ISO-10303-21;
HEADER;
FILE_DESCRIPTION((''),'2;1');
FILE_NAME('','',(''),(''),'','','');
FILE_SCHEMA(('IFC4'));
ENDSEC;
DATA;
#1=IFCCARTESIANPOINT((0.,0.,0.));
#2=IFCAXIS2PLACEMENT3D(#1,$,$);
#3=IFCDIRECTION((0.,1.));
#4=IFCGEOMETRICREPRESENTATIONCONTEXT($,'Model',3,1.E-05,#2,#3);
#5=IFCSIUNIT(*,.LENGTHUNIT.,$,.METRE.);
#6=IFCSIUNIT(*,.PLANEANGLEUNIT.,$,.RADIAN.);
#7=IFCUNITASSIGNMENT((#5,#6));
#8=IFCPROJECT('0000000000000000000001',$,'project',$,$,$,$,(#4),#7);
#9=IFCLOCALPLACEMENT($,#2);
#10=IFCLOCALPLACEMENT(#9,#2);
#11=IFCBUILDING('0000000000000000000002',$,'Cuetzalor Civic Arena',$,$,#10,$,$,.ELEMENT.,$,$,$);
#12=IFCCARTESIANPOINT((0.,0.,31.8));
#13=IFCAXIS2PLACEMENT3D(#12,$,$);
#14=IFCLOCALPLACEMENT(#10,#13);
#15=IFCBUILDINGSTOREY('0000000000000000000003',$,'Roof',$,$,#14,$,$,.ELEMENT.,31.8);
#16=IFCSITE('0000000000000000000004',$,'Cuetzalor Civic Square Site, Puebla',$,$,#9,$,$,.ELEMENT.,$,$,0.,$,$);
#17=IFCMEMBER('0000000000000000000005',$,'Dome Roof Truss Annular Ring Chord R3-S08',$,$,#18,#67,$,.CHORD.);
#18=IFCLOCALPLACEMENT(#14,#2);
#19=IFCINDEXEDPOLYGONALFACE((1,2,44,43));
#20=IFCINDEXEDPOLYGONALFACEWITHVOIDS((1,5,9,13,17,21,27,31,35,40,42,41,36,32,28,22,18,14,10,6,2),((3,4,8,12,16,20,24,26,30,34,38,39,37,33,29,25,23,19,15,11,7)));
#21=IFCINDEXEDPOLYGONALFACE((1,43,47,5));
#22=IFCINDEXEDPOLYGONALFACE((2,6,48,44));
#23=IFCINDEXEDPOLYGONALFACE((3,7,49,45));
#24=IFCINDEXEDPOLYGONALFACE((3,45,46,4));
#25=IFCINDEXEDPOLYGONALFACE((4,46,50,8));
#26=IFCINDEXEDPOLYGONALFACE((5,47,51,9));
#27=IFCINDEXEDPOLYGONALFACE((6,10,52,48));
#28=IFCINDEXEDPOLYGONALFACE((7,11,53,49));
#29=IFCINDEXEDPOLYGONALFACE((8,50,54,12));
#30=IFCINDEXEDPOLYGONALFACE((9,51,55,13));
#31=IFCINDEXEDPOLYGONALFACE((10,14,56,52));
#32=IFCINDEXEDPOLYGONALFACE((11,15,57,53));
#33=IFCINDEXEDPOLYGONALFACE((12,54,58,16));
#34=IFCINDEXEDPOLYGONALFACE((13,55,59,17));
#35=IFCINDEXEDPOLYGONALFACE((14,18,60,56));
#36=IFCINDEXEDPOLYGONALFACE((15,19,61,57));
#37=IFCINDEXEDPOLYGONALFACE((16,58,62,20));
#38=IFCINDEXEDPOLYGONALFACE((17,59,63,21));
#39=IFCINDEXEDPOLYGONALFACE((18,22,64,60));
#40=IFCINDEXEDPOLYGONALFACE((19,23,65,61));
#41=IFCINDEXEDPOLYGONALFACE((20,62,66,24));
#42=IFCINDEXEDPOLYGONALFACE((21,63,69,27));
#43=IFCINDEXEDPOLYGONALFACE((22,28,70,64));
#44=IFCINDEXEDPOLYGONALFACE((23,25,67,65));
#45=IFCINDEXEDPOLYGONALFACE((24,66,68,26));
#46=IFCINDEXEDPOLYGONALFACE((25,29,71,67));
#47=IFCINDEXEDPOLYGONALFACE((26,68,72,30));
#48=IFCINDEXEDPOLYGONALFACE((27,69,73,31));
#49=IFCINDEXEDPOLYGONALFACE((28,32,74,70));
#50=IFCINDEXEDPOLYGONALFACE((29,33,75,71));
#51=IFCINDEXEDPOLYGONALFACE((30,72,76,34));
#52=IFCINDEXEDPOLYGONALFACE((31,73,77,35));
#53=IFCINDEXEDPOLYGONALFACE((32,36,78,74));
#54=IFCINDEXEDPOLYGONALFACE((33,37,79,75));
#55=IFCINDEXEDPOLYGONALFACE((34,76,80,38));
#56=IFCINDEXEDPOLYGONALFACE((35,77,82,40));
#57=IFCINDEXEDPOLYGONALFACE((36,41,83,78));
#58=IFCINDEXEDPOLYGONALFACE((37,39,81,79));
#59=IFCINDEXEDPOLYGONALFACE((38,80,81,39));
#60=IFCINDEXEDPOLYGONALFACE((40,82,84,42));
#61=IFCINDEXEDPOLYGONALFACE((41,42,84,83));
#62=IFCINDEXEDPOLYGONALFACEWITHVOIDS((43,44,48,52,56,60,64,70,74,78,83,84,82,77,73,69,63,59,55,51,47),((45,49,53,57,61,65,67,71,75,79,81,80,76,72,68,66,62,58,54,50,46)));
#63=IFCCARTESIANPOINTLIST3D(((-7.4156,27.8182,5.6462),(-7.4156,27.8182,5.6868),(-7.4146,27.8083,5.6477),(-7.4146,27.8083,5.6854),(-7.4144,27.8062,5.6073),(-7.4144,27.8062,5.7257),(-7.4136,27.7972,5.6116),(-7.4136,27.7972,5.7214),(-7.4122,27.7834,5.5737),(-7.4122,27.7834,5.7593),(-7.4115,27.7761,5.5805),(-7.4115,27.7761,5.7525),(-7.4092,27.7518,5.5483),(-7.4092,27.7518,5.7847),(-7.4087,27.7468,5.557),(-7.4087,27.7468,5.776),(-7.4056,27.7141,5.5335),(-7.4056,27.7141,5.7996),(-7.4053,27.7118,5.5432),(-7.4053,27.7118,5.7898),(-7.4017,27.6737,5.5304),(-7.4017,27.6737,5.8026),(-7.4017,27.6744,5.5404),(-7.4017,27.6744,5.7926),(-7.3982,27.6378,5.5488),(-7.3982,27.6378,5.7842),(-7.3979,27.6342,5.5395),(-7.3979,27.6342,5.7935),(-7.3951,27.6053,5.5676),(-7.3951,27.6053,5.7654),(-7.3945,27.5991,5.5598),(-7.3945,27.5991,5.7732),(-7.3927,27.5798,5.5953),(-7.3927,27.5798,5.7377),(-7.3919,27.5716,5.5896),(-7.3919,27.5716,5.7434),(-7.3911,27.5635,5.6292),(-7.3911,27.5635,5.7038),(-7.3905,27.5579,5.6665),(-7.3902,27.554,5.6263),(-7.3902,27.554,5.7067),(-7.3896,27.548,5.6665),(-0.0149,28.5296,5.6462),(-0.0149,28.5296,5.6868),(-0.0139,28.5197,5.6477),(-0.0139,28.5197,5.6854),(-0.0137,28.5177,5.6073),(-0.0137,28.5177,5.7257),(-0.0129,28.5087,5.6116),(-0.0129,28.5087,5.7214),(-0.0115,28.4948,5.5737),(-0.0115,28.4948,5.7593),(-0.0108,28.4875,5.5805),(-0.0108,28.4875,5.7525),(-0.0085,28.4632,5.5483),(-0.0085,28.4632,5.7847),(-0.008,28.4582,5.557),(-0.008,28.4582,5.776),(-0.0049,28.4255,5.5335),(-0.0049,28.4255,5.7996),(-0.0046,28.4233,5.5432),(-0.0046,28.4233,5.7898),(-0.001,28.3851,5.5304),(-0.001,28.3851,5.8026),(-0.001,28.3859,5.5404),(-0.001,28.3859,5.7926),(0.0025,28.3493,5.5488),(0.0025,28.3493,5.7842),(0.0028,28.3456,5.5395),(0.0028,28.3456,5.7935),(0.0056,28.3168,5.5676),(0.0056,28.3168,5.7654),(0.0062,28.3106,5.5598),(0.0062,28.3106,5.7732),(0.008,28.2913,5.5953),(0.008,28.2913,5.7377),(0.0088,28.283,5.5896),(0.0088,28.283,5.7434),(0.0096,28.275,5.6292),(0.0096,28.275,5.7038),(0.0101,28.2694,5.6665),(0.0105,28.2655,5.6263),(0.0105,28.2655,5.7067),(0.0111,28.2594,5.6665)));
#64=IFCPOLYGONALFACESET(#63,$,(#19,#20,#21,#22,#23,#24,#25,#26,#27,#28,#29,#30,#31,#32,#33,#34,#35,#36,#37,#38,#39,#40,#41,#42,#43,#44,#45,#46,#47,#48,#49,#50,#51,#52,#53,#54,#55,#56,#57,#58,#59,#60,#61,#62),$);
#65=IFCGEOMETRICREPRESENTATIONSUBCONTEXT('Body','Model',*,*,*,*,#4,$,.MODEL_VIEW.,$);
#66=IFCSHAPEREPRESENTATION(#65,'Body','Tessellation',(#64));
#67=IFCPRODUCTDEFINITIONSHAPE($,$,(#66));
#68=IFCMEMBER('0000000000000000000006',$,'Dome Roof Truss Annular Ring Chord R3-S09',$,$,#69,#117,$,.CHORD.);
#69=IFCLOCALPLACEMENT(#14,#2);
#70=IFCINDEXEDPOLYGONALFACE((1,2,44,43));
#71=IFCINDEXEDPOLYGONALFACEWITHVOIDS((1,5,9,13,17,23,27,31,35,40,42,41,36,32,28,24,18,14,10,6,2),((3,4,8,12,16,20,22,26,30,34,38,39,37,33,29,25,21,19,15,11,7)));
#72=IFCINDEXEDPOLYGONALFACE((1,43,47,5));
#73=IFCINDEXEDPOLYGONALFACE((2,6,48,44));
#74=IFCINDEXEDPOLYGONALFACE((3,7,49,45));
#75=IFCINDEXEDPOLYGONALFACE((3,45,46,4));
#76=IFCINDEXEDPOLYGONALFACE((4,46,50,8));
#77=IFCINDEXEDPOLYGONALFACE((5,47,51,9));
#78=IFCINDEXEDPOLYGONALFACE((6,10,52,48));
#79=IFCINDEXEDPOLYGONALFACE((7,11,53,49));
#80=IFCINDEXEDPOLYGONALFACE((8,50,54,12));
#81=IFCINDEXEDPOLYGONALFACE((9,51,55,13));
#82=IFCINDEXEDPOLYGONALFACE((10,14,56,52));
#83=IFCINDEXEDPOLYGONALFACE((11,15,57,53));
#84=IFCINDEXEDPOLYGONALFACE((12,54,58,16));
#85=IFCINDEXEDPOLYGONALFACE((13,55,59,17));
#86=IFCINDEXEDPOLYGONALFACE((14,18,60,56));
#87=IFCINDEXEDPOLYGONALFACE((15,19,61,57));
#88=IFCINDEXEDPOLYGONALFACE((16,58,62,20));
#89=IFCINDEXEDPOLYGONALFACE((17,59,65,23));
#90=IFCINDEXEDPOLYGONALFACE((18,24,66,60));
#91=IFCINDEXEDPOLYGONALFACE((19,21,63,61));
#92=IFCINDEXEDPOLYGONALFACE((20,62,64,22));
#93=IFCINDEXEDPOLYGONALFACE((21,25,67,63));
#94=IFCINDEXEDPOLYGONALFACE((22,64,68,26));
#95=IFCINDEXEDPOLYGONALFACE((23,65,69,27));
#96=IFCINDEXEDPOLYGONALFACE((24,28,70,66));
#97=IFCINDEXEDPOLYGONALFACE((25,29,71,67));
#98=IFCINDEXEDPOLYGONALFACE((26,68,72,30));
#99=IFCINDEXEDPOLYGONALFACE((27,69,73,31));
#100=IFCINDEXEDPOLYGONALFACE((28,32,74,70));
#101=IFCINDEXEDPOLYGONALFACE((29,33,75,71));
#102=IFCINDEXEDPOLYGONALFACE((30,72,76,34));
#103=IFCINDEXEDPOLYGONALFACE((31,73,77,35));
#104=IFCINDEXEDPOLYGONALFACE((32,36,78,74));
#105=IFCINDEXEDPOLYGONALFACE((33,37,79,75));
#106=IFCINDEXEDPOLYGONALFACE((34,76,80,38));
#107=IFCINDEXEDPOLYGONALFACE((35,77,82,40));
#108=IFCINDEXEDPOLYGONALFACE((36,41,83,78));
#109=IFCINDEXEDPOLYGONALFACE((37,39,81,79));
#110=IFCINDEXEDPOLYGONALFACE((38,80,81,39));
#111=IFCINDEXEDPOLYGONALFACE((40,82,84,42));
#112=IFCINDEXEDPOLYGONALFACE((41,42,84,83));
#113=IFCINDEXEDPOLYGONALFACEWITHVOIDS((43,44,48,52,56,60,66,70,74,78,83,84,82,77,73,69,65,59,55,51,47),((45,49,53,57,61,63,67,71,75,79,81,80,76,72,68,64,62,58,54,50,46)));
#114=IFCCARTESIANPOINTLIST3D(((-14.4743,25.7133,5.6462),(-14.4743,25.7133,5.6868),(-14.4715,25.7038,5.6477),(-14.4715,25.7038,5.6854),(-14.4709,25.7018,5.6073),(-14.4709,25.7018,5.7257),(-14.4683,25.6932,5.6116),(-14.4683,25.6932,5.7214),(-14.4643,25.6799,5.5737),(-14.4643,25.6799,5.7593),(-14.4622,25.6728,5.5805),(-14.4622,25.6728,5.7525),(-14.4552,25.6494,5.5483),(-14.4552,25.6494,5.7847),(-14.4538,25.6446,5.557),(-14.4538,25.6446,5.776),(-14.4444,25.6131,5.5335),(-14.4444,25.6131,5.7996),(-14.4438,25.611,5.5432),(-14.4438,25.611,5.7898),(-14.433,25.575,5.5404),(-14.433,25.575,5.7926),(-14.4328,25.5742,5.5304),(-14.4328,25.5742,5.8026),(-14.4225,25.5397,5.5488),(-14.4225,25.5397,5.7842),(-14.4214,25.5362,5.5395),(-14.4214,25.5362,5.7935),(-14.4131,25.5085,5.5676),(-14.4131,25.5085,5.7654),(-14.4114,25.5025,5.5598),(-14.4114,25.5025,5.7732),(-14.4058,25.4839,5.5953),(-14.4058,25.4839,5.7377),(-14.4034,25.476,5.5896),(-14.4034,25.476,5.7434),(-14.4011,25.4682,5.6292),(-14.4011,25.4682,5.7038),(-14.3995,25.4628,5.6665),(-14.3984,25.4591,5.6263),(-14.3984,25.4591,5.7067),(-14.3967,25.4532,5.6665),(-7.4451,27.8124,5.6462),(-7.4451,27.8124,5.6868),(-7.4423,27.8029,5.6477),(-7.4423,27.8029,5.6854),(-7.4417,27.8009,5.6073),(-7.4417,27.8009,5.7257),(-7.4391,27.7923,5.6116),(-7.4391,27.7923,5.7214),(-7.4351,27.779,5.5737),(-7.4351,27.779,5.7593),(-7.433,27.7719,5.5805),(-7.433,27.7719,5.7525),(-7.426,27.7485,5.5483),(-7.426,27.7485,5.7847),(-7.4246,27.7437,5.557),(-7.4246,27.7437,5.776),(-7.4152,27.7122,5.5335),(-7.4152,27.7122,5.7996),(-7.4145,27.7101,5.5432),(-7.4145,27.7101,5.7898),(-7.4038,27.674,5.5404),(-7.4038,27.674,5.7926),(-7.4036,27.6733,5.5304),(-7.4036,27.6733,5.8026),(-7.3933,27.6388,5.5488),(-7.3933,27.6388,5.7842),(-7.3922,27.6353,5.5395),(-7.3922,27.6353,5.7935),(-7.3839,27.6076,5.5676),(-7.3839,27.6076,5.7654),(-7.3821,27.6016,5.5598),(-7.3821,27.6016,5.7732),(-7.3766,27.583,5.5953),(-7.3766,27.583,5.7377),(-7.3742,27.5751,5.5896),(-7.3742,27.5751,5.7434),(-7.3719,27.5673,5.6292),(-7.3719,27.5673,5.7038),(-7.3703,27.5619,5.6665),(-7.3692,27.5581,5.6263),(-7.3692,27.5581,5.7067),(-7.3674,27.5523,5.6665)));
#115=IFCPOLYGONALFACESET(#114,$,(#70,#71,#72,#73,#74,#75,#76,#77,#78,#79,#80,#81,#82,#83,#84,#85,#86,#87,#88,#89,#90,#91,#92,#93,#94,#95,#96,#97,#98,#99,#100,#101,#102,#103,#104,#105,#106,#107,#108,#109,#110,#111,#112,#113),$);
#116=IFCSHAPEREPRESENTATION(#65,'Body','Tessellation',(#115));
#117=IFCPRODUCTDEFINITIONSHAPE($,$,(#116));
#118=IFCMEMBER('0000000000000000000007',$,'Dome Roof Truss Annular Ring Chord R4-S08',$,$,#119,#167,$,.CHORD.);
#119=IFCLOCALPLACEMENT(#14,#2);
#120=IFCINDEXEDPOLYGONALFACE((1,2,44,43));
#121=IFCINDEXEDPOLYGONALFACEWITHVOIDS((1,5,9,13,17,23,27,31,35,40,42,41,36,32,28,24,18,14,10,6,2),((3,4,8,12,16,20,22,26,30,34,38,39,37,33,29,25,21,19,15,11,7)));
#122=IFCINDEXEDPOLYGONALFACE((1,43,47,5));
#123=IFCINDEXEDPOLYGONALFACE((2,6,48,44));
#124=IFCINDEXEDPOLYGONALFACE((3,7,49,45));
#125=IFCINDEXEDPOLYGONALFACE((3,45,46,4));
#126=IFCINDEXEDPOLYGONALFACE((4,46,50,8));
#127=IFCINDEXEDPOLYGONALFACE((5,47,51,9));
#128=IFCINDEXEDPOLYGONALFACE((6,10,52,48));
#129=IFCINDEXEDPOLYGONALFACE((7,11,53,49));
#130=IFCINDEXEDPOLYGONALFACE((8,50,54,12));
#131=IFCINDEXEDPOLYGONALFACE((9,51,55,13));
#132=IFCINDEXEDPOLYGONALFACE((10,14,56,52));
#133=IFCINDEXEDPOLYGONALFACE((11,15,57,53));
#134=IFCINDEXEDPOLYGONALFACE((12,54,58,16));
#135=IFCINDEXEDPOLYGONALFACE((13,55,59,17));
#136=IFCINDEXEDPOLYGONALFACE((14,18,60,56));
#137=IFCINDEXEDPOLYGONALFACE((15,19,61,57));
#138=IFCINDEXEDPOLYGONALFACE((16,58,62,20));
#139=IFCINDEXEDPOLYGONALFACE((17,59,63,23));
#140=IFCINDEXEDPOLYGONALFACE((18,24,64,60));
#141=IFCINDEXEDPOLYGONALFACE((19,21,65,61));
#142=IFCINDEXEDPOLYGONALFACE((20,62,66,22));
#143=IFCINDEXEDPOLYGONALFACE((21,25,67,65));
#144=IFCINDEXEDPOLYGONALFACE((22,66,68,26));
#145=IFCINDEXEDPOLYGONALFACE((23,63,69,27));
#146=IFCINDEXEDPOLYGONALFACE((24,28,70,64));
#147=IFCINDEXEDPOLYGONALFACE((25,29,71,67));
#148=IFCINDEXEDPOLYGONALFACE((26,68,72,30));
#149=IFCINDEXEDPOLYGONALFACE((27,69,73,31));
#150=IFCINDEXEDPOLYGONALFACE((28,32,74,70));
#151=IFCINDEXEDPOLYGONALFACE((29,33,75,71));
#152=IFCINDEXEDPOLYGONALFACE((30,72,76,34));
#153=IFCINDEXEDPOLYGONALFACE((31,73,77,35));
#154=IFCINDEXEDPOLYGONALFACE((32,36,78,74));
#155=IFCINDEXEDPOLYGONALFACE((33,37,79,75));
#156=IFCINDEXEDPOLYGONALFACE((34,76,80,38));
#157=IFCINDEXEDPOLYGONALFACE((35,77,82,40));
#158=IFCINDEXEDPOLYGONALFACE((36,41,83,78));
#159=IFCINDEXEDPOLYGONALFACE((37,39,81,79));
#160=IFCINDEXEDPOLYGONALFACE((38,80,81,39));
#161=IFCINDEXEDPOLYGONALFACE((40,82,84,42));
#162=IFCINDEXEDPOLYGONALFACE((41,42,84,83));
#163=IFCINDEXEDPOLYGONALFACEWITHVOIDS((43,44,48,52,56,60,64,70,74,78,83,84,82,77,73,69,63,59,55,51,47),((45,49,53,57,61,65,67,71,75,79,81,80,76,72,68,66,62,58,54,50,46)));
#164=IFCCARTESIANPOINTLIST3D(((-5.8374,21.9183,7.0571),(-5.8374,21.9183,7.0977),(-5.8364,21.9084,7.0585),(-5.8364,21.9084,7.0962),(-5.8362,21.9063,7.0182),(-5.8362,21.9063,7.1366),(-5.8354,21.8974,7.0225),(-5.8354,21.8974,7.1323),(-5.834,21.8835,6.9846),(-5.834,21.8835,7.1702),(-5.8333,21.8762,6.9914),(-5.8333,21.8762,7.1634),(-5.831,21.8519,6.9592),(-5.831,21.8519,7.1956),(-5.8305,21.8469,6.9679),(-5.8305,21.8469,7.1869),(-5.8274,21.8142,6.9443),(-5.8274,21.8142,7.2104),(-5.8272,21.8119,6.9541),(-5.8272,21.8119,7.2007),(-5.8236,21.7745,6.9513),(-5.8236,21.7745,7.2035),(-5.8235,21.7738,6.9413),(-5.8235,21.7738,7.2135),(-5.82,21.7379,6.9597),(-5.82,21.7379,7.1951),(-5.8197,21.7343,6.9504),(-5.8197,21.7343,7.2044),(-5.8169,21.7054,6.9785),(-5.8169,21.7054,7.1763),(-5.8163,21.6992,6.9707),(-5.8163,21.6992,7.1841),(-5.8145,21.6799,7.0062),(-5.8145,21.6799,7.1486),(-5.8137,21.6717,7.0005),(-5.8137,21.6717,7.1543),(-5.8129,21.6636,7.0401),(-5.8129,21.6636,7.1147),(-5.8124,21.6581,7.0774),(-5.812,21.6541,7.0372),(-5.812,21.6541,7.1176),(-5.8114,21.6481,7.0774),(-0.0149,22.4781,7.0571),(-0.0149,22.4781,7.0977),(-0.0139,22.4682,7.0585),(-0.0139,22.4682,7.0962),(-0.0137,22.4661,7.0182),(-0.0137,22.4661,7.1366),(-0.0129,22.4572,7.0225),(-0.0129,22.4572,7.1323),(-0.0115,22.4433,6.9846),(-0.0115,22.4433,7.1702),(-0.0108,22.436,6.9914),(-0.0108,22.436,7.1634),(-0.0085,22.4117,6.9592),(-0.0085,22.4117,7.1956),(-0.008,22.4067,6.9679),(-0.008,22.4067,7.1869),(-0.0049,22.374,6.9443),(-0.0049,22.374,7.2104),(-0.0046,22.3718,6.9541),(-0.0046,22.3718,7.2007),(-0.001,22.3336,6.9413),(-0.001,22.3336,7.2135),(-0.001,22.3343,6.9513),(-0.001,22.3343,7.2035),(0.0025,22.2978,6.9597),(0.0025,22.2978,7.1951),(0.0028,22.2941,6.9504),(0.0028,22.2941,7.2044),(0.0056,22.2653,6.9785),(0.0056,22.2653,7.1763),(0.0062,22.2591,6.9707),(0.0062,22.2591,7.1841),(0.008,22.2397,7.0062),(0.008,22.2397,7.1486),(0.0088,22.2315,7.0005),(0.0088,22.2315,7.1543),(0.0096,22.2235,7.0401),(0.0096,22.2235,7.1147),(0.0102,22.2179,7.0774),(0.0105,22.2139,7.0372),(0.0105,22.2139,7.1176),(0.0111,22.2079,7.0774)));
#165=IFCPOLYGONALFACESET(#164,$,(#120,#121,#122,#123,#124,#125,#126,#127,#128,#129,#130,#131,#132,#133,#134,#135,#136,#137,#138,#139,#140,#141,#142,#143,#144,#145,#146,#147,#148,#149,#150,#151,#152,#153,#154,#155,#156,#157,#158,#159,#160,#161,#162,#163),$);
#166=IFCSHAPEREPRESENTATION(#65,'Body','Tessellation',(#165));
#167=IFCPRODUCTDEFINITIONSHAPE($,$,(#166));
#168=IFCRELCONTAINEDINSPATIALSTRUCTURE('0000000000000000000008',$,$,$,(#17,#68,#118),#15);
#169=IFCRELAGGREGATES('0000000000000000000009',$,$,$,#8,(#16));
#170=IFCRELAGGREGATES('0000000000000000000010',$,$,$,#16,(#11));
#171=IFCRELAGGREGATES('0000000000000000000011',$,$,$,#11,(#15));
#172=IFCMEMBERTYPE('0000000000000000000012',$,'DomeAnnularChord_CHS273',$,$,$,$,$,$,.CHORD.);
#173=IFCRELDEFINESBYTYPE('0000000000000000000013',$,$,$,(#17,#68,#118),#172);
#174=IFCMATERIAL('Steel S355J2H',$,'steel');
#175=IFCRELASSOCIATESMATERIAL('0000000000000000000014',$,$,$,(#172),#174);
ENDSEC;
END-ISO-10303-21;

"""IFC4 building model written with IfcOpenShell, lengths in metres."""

from ifc_helpers import new_model, si_unit, direction, frame, origin, origin_2d, place, context, subcontext, project, spatial, hollow_circle, extrude, material, material_profile, profile_set, type_object, element, save


model = new_model("IFC4")

# Units and contexts
model_context = context("Model", 3, precision=1e-05, world=origin(), true_north=direction((0.0, 1.0)))
body_context = subcontext(model_context, "Body", "Model", "MODEL_VIEW")
ifc_project = project(units=[si_unit("LENGTHUNIT", "METRE"), si_unit("PLANEANGLEUNIT", "RADIAN")], contexts=[model_context])

# Site, building, storey
site_placement = place(None, origin())
site = spatial("IfcSite", under=ifc_project, at=site_placement, Name="Cuetzalor Civic Square Site, Puebla", CompositionType="ELEMENT", RefElevation=0.0)
building_placement = place(site_placement, origin())
building = spatial("IfcBuilding", under=site, at=building_placement, Name="Cuetzalor Civic Arena", CompositionType="ELEMENT")
storey_placement = place(building_placement, frame((0.0, 0.0, 31.8)))
storey = spatial("IfcBuildingStorey", under=building, at=storey_placement, Name="Roof", CompositionType="ELEMENT", Elevation=31.8)

# Members
ifc_material_1 = material(Name="Steel S355J2H", Category="steel")
ifc_material_profile_1 = material_profile(ifc_material_1, hollow_circle(Radius=0.1365, WallThickness=0.01, at=origin_2d()), Name="CHS 273x10")
ifc_profile_set_1 = profile_set([ifc_material_profile_1], Name="Steel S355J2H")
member_type_1 = type_object("IfcMemberType", Name="DomeAnnularChord_CHS273", PredefinedType="CHORD", material=ifc_profile_set_1)
member_1_placement = place(storey_placement, frame((-0.002, 28.3953, 5.6665), z_axis=(-0.995411, -0.095689, 0.0), x_axis=(0.095689, -0.995411, 0.0)))
element("IfcMember", 1, at=member_1_placement, inside=storey, type_object=member_type_1, Name="Dome Roof Truss Annular Ring Chord R3-S08", PredefinedType="CHORD", context=body_context, shape_type="SweptSolid", body=[
    extrude(hollow_circle(Radius=0.1365, WallThickness=0.01, at=origin_2d()), origin(), (0.0, 0.0, 1.0), 7.4348),
])
member_2_placement = place(storey_placement, frame((-7.4065, 27.6831, 5.6665), z_axis=(-0.958188, -0.286139, 0.0), x_axis=(0.286139, -0.958188, 0.0)))
element("IfcMember", 2, at=member_2_placement, inside=storey, type_object=member_type_1, Name="Dome Roof Truss Annular Ring Chord R3-S09", PredefinedType="CHORD", context=body_context, shape_type="SweptSolid", body=[
    extrude(hollow_circle(Radius=0.1365, WallThickness=0.01, at=origin_2d()), origin(), (0.0, 0.0, 1.0), 7.3359),
])
member_3_placement = place(storey_placement, frame((-0.002, 22.3438, 7.0774), z_axis=(-0.99541, -0.095705, 0.0), x_axis=(0.095705, -0.99541, 0.0)))
element("IfcMember", 3, at=member_3_placement, inside=storey, type_object=member_type_1, Name="Dome Roof Truss Annular Ring Chord R4-S08", PredefinedType="CHORD", context=body_context, shape_type="SweptSolid", body=[
    extrude(hollow_circle(Radius=0.1365, WallThickness=0.01, at=origin_2d()), origin(), (0.0, 0.0, 1.0), 5.8494),
])

save(model, "model.ifc")
